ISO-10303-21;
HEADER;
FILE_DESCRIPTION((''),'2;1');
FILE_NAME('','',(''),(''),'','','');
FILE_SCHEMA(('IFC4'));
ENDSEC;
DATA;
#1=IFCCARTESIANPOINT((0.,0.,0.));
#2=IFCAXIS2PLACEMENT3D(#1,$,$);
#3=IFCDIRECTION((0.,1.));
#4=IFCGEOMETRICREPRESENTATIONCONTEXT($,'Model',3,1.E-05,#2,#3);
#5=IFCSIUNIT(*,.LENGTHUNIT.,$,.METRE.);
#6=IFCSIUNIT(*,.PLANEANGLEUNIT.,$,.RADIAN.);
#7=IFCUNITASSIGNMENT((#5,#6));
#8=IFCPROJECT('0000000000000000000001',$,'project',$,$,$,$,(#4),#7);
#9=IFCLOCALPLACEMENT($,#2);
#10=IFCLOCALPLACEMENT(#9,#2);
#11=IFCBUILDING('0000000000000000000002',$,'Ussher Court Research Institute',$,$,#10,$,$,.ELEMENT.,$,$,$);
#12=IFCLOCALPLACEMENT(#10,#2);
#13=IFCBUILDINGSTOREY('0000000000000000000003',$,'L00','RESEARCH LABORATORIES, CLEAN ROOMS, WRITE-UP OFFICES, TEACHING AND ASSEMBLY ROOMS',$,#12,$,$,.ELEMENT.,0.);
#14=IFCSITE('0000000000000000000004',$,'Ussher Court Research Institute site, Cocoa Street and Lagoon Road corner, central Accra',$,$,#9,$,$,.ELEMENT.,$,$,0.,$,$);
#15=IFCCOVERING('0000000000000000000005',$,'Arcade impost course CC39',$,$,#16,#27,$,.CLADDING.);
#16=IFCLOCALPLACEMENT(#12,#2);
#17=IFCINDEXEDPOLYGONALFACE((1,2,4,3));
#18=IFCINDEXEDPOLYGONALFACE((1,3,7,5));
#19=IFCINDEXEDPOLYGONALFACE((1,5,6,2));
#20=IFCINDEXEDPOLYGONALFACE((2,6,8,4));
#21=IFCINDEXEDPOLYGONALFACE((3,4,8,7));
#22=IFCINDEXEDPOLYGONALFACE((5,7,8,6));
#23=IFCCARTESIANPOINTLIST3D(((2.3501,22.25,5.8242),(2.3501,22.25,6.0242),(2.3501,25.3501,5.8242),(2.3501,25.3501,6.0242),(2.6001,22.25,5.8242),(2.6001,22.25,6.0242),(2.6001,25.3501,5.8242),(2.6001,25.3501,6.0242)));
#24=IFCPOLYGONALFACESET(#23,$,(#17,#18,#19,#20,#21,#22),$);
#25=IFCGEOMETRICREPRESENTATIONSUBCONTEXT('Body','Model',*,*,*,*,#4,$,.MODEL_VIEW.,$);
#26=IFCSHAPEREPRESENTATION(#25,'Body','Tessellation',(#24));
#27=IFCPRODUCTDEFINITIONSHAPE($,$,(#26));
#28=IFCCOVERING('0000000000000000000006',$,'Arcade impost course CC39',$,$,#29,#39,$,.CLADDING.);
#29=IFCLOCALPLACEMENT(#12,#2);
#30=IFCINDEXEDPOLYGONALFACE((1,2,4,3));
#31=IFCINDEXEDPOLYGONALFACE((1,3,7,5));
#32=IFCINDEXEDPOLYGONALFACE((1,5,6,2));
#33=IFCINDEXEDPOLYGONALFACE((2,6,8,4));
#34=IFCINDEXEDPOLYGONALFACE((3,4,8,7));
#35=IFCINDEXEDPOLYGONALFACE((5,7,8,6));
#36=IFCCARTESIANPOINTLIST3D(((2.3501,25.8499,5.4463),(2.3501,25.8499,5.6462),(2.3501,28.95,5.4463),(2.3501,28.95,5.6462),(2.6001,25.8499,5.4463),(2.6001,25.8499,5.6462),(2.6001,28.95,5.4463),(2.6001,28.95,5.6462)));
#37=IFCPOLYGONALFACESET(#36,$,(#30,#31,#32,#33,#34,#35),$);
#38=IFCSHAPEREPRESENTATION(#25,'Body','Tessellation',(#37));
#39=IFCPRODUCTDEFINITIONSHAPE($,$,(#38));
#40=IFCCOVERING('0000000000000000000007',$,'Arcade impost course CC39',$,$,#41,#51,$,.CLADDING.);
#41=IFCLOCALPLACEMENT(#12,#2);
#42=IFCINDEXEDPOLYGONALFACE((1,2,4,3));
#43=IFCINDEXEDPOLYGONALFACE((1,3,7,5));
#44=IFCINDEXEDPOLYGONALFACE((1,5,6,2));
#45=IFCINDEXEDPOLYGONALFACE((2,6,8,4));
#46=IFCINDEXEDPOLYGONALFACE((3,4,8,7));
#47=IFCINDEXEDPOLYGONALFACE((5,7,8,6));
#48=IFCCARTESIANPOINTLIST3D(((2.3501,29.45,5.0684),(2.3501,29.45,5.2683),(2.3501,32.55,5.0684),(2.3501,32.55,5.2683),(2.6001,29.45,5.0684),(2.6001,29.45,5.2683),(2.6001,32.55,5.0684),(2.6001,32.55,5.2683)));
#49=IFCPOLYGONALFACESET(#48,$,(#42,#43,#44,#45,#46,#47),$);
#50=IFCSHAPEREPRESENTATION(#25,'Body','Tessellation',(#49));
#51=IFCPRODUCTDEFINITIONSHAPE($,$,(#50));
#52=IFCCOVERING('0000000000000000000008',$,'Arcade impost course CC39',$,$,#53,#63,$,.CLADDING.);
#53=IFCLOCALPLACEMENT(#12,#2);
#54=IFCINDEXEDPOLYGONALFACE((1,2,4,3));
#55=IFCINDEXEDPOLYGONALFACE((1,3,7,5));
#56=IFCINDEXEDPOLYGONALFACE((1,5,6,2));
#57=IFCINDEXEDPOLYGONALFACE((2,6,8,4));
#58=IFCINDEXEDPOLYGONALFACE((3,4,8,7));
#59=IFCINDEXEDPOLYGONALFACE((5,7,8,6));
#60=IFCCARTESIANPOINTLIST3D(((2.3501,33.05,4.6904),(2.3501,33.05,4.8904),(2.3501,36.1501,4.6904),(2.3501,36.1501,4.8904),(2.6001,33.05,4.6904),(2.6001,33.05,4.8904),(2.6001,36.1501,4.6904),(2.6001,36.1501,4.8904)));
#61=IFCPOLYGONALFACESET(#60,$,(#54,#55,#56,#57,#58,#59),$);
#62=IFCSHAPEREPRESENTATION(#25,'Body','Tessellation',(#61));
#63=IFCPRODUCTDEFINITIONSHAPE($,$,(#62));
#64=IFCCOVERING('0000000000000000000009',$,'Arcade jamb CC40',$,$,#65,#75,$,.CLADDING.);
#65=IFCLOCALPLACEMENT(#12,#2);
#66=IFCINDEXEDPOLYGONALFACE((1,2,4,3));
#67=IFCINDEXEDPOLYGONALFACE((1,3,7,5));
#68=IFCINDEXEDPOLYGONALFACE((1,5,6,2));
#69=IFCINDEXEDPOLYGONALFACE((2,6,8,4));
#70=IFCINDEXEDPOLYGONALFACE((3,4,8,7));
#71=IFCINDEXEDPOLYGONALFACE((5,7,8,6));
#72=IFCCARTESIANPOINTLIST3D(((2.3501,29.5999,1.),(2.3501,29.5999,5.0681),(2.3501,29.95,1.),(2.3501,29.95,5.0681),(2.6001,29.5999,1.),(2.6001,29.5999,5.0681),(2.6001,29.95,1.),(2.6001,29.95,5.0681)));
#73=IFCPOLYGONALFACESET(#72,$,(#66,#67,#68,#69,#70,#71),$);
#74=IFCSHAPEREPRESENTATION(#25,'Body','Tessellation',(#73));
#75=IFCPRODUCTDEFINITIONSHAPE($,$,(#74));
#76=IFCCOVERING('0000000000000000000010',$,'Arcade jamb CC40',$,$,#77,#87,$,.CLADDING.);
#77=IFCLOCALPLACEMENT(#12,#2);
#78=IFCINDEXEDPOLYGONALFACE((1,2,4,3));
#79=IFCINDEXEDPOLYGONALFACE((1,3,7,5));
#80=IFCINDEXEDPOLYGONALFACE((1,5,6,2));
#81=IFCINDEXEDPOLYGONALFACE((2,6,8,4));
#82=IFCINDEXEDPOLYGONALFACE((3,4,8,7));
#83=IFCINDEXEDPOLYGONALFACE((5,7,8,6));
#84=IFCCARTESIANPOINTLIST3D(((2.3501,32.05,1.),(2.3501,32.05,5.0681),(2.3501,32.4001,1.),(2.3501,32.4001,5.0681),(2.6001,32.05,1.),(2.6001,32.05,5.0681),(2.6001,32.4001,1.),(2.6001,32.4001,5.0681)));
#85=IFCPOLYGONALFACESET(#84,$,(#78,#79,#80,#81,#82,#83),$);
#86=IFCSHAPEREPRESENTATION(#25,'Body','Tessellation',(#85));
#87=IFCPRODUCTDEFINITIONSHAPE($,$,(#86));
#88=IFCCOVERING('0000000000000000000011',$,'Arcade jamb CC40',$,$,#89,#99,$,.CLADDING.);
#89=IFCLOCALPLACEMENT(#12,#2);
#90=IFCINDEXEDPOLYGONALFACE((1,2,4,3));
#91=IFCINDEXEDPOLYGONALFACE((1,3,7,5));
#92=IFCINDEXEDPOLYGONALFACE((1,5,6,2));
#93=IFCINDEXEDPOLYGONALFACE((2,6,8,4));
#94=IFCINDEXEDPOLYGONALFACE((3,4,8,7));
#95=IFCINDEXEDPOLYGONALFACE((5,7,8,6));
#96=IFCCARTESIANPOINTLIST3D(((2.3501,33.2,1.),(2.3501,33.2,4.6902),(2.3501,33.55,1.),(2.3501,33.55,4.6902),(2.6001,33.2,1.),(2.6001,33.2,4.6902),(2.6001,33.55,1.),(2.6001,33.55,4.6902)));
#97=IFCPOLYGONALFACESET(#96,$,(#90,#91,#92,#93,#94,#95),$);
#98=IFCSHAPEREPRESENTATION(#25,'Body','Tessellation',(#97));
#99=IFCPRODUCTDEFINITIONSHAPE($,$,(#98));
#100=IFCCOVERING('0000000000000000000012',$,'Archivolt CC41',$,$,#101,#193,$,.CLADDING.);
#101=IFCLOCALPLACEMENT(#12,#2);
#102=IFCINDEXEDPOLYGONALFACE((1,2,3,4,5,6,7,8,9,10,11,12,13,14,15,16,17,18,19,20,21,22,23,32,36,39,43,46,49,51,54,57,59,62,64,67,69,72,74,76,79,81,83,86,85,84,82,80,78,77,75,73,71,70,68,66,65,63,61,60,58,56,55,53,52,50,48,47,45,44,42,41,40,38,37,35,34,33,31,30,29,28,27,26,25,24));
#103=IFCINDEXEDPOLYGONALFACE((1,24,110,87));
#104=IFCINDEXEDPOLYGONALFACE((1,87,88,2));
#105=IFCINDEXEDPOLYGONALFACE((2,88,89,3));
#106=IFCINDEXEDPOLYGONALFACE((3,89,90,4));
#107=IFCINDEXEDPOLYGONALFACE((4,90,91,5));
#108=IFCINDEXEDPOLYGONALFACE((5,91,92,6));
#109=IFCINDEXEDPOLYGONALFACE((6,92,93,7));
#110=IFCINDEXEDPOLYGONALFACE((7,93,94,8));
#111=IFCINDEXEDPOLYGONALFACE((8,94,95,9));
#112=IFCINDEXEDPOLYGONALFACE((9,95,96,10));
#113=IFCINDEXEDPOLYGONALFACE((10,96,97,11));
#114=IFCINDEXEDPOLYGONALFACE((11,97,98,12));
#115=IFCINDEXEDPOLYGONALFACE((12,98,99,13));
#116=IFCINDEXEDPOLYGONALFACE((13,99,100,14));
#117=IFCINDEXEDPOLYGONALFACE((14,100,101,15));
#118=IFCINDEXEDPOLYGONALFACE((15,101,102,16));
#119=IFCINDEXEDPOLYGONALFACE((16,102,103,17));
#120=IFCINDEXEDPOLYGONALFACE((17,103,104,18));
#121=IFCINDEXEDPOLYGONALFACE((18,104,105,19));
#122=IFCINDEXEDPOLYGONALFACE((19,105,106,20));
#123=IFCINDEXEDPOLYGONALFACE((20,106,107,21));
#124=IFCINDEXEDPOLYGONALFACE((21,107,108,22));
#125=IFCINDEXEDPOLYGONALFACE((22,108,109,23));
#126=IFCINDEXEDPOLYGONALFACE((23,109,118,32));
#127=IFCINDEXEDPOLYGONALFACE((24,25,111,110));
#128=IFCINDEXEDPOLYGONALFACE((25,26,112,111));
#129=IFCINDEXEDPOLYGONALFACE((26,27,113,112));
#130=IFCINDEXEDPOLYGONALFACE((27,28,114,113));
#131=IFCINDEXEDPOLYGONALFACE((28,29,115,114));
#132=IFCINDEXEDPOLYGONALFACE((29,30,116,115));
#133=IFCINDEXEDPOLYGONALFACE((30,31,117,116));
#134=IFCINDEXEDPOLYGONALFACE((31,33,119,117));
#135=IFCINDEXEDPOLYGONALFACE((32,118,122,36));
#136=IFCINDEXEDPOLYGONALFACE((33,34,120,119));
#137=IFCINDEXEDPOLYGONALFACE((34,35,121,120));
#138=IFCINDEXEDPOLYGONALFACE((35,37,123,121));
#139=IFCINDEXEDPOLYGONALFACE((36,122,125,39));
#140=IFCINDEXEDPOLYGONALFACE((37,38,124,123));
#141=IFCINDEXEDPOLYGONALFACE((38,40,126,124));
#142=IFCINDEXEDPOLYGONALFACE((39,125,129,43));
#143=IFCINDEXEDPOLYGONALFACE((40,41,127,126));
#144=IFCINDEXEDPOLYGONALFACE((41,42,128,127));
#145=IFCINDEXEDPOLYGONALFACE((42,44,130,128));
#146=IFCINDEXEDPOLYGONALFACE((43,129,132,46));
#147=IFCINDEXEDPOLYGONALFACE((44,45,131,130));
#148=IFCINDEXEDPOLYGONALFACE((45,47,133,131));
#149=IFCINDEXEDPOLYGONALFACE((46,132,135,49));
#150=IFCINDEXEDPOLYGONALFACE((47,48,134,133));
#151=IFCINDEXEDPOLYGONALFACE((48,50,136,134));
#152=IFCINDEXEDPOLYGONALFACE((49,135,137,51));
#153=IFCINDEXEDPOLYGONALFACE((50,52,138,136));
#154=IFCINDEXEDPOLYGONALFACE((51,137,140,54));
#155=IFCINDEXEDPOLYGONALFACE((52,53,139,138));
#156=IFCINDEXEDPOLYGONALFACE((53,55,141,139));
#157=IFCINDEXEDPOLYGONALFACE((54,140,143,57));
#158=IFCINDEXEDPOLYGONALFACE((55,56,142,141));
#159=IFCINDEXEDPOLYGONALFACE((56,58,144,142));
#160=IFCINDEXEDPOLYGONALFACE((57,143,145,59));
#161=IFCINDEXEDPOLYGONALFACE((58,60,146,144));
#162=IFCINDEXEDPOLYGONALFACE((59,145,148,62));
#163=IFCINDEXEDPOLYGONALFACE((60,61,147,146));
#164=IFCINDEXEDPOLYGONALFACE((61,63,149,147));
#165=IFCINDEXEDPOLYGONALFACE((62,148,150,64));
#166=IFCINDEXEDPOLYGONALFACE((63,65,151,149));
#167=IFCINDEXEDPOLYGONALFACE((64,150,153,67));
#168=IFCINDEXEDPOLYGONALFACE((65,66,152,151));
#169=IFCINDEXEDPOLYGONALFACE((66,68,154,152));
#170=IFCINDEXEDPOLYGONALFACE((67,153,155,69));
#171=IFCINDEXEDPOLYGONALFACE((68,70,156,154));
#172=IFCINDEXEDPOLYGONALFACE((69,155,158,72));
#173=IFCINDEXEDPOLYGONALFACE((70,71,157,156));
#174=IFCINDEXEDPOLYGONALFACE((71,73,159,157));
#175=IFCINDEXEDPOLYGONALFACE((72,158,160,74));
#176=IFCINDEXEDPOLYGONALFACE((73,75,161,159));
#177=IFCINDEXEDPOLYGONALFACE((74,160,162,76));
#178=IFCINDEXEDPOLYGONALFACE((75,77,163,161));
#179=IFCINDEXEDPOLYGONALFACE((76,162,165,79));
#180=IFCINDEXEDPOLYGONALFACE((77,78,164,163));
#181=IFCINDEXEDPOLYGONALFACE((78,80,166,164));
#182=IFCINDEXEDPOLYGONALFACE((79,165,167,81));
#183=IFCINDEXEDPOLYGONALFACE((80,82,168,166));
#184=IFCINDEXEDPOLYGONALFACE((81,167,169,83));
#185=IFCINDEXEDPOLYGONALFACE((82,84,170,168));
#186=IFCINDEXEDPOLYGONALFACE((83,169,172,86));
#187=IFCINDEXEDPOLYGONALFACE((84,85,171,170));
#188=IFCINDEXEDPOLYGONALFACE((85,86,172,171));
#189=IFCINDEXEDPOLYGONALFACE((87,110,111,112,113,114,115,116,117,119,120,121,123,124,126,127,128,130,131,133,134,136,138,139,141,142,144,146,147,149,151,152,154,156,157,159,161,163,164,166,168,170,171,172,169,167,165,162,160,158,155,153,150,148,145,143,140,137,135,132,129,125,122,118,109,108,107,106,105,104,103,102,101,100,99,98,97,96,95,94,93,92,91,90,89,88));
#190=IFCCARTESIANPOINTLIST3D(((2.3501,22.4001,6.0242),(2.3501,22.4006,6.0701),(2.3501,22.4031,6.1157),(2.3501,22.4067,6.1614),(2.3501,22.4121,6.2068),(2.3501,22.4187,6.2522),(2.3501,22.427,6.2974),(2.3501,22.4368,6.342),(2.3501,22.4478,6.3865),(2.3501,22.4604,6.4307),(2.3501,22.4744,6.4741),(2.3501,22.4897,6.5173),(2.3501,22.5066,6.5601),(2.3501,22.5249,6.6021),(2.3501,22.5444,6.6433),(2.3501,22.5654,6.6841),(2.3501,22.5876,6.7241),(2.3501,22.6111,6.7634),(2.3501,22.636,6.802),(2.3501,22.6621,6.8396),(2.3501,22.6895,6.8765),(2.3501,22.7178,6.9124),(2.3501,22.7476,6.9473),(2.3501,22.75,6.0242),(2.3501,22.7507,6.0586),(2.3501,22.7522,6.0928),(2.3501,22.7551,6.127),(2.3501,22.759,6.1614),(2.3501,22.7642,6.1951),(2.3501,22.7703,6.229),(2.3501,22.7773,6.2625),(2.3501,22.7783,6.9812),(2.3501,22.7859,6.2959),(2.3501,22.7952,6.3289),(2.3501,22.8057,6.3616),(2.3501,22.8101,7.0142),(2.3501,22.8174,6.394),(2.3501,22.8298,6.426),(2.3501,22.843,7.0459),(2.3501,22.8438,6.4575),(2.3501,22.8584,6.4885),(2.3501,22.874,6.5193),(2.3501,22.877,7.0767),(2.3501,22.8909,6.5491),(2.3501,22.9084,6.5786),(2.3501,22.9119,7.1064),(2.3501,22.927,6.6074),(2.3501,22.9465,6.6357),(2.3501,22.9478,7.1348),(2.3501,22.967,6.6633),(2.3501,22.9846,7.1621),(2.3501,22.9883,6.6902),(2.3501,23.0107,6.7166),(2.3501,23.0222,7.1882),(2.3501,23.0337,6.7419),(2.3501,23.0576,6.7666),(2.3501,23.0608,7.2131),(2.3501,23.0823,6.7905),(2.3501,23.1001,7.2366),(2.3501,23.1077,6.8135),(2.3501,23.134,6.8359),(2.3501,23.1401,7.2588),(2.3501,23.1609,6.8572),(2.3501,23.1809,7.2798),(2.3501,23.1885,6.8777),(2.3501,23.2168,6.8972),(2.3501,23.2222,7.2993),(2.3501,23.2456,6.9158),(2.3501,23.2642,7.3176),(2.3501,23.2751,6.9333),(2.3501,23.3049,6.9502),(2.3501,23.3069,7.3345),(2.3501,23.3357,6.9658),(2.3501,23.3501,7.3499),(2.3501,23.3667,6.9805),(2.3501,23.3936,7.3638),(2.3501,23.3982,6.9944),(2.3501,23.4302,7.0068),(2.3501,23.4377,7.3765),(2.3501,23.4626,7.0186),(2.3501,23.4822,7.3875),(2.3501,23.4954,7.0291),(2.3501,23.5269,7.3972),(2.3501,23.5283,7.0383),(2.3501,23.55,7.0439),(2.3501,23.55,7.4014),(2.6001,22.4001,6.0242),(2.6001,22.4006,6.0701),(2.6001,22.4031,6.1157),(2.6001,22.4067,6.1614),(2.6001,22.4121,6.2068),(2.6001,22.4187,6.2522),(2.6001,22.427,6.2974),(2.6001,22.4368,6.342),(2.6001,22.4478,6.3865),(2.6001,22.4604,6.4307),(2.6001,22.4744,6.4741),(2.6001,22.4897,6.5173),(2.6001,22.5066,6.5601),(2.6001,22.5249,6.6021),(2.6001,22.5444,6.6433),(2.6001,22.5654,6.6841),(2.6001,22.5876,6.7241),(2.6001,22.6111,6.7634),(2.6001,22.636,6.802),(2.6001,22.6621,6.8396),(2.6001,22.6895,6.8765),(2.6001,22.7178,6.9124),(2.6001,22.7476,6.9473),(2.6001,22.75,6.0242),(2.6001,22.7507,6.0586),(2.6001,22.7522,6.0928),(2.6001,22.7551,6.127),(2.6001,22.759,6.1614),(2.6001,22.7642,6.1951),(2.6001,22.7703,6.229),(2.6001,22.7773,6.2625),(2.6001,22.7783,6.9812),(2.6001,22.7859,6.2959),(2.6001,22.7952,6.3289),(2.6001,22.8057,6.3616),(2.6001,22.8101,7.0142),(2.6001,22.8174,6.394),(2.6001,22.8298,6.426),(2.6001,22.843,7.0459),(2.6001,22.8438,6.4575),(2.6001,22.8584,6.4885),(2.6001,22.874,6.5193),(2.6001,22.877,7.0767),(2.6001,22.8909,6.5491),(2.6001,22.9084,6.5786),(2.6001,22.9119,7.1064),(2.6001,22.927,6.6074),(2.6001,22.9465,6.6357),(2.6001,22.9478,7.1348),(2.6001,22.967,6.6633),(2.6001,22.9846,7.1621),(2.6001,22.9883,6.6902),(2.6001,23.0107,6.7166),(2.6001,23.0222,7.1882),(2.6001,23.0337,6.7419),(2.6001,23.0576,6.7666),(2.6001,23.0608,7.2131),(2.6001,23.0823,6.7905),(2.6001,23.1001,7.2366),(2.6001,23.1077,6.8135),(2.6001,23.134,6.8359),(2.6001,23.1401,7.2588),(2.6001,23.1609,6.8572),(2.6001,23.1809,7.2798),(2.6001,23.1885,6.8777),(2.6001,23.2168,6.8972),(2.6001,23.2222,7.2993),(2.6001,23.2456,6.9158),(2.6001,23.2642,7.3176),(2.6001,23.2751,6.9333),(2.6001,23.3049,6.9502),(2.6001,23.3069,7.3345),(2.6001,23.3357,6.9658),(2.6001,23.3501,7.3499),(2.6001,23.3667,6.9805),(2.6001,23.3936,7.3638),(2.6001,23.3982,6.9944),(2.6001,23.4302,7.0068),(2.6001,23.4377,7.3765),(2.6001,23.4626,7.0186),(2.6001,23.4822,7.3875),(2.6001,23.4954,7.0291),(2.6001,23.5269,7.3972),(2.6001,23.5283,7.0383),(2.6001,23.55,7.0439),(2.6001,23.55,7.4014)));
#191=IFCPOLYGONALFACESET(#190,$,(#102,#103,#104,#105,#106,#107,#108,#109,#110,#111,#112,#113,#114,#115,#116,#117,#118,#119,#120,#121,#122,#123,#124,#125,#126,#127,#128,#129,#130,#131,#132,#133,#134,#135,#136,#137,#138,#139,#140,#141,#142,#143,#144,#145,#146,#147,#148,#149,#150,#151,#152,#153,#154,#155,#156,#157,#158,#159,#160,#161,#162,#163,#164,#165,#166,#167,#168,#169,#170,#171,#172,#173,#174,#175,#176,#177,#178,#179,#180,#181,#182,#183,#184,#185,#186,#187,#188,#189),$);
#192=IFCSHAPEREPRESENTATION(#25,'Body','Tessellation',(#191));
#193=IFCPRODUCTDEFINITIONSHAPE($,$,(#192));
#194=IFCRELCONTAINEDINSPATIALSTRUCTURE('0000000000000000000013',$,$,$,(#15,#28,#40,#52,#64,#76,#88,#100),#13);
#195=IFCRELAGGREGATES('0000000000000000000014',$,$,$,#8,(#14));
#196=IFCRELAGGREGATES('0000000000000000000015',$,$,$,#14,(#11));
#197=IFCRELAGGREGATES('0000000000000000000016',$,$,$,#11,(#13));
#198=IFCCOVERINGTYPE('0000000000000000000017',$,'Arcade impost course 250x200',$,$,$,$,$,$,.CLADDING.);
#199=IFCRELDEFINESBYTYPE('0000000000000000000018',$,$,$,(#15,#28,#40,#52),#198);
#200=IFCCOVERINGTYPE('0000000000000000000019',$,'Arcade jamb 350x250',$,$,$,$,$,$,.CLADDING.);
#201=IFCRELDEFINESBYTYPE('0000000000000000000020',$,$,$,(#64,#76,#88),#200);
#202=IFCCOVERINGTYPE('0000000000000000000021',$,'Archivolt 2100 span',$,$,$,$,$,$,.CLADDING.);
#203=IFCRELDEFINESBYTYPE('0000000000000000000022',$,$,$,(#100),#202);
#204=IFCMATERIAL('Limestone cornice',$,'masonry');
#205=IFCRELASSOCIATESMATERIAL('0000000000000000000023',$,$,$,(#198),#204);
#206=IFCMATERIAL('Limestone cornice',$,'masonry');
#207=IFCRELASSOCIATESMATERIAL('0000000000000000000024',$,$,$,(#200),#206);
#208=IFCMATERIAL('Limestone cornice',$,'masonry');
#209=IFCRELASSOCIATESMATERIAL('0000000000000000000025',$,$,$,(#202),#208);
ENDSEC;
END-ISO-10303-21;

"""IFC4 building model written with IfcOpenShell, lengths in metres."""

from ifc_helpers import new_model, si_unit, direction, frame, origin, origin_2d, place, context, subcontext, project, spatial, polyline, rectangle, outline, extrude, material, type_object, element, save


model = new_model("IFC4")

# Units and contexts
model_context = context("Model", 3, precision=1e-05, world=origin(), true_north=direction((0.0, 1.0)))
body_context = subcontext(model_context, "Body", "Model", "MODEL_VIEW")
ifc_project = project(units=[si_unit("LENGTHUNIT", "METRE"), si_unit("PLANEANGLEUNIT", "RADIAN")], contexts=[model_context])

# Site, building, storey
site_placement = place(None, origin())
site = spatial("IfcSite", under=ifc_project, at=site_placement, Name="Ussher Court Research Institute site, Cocoa Street and Lagoon Road corner, central Accra", CompositionType="ELEMENT", RefElevation=0.0)
building_placement = place(site_placement, origin())
building = spatial("IfcBuilding", under=site, at=building_placement, Name="Ussher Court Research Institute", CompositionType="ELEMENT")
storey_placement = place(building_placement, origin())
storey = spatial("IfcBuildingStorey", under=building, at=storey_placement, Name="L00", Description="RESEARCH LABORATORIES, CLEAN ROOMS, WRITE-UP OFFICES, TEACHING AND ASSEMBLY ROOMS", CompositionType="ELEMENT", Elevation=0.0)

# Coverings
ifc_material_1 = material(Name="Limestone cornice", Category="masonry")
covering_type_1 = type_object("IfcCoveringType", Name="Arcade impost course 250x200", PredefinedType="CLADDING", material=ifc_material_1)
for number, where, z_axis, x_axis, name in (
    (1, (2.4751, 23.8, 5.8242), (0.0, 0.0, 1.0), (1.0, 0.0, 0.0), "Arcade impost course CC39"),
    (2, (2.4751, 27.3999, 5.4463), (0.0, 0.0, 1.0), (1.0, 0.0, 0.0), "Arcade impost course CC39"),
    (3, (2.4751, 31.0, 5.0684), (0.0, 0.0, 1.0), (1.0, 0.0, 0.0), "Arcade impost course CC39"),
    (4, (2.4751, 34.6001, 4.6904), (0.0, 0.0, 1.0), (1.0, 0.0, 0.0), "Arcade impost course CC39"),
):
    element("IfcCovering", number, at=place(storey_placement, frame(where, z_axis=z_axis, x_axis=x_axis)), inside=storey, type_object=covering_type_1, Name=name, PredefinedType="CLADDING", context=body_context, shape_type="SweptSolid", body=[
        extrude(rectangle(XDim=0.25, YDim=3.1001, at=origin_2d()), origin(), (0.0, 0.0, 1.0), 0.2),
    ])
ifc_material_2 = material(Name="Limestone cornice", Category="masonry")
covering_type_2 = type_object("IfcCoveringType", Name="Arcade jamb 350x250", PredefinedType="CLADDING", material=ifc_material_2)
for number, where, z_axis, x_axis, name in (
    (5, (2.4751, 29.7749, 1.0), (0.0, 0.0, 1.0), (1.0, 0.0, 0.0), "Arcade jamb CC40"),
    (6, (2.4751, 32.2251, 1.0), (0.0, 0.0, 1.0), (1.0, 0.0, 0.0), "Arcade jamb CC40"),
):
    element("IfcCovering", number, at=place(storey_placement, frame(where, z_axis=z_axis, x_axis=x_axis)), inside=storey, type_object=covering_type_2, Name=name, PredefinedType="CLADDING", context=body_context, shape_type="SweptSolid", body=[
        extrude(rectangle(XDim=0.25, YDim=0.3501, at=origin_2d()), origin(), (0.0, 0.0, 1.0), 4.0681),
    ])
covering_1_placement = place(storey_placement, frame((2.4751, 33.375, 1.0), z_axis=(0.0, 0.0, 1.0), x_axis=(1.0, 0.0, 0.0)))
element("IfcCovering", 7, at=covering_1_placement, inside=storey, type_object=covering_type_2, Name="Arcade jamb CC40", PredefinedType="CLADDING", context=body_context, shape_type="SweptSolid", body=[
    extrude(rectangle(XDim=0.25, YDim=0.3501, at=origin_2d()), origin(), (0.0, 0.0, 1.0), 3.6902),
])
ifc_material_3 = material(Name="Limestone cornice", Category="masonry")
covering_type_3 = type_object("IfcCoveringType", Name="Archivolt 2100 span", PredefinedType="CLADDING", material=ifc_material_3)
covering_2_placement = place(storey_placement, frame((2.3501, 23.8, 6.0242), z_axis=(1.0, 0.0, 0.0), x_axis=(0.0, 1.0, 0.0)))
element("IfcCovering", 8, at=covering_2_placement, inside=storey, type_object=covering_type_3, Name="Archivolt CC41", PredefinedType="CLADDING", context=body_context, shape_type="SweptSolid", body=[
    extrude(outline(polyline([(-0.2732, 1.373), (-0.3179, 1.3633), (-0.3623, 1.3523), (-0.4065, 1.3396), (-0.45, 1.3257), (-0.4932, 1.3103), (-0.5359, 1.2935), (-0.5779, 1.2751), (-0.6191, 1.2556), (-0.6599, 1.2346), (-0.7, 1.2124), (-0.7393, 1.189), (-0.7778, 1.1641), (-0.8154, 1.1379), (-0.8523, 1.1106), (-0.8882, 1.0823), (-0.9231, 1.0525), (-0.957, 1.0217), (-0.99, 0.99), (-1.0217, 0.957), (-1.0525, 0.9231), (-1.0823, 0.8882), (-1.1106, 0.8523), (-1.1379, 0.8154), (-1.1641, 0.7778), (-1.189, 0.7393), (-1.2124, 0.7), (-1.2346, 0.6599), (-1.2556, 0.6191), (-1.2751, 0.5779), (-1.2935, 0.5359), (-1.3103, 0.4932), (-1.3257, 0.45), (-1.3396, 0.4065), (-1.3523, 0.3623), (-1.3633, 0.3179), (-1.373, 0.2732), (-1.3813, 0.228), (-1.3879, 0.1826), (-1.3933, 0.1372), (-1.397, 0.0916), (-1.3994, 0.0459), (-1.3999, 0.0), (-1.05, 0.0), (-1.0493, 0.0344), (-1.0479, 0.0686), (-1.0449, 0.1028), (-1.041, 0.1372), (-1.0359, 0.1709), (-1.0298, 0.2048), (-1.0227, 0.2383), (-1.0142, 0.2717), (-1.0049, 0.3047), (-0.9944, 0.3374), (-0.9827, 0.3699), (-0.9702, 0.4019), (-0.9563, 0.4333), (-0.9417, 0.4644), (-0.926, 0.4951), (-0.9092, 0.5249), (-0.8916, 0.5544), (-0.873, 0.5833), (-0.8535, 0.6116), (-0.833, 0.6392), (-0.8118, 0.666), (-0.7893, 0.6924), (-0.7664, 0.7178), (-0.7424, 0.7424), (-0.7178, 0.7664), (-0.6924, 0.7893), (-0.666, 0.8118), (-0.6392, 0.833), (-0.6116, 0.8535), (-0.5833, 0.873), (-0.5544, 0.8916), (-0.5249, 0.9092), (-0.4951, 0.926), (-0.4644, 0.9417), (-0.4333, 0.9563), (-0.4019, 0.9702), (-0.3699, 0.9827), (-0.3374, 0.9944), (-0.3047, 1.0049), (-0.2717, 1.0142), (-0.25, 1.0198), (-0.25, 1.3772), (-0.2732, 1.373)])), origin(), (0.0, 0.0, 1.0), 0.25),
])

save(model, "model.ifc")
